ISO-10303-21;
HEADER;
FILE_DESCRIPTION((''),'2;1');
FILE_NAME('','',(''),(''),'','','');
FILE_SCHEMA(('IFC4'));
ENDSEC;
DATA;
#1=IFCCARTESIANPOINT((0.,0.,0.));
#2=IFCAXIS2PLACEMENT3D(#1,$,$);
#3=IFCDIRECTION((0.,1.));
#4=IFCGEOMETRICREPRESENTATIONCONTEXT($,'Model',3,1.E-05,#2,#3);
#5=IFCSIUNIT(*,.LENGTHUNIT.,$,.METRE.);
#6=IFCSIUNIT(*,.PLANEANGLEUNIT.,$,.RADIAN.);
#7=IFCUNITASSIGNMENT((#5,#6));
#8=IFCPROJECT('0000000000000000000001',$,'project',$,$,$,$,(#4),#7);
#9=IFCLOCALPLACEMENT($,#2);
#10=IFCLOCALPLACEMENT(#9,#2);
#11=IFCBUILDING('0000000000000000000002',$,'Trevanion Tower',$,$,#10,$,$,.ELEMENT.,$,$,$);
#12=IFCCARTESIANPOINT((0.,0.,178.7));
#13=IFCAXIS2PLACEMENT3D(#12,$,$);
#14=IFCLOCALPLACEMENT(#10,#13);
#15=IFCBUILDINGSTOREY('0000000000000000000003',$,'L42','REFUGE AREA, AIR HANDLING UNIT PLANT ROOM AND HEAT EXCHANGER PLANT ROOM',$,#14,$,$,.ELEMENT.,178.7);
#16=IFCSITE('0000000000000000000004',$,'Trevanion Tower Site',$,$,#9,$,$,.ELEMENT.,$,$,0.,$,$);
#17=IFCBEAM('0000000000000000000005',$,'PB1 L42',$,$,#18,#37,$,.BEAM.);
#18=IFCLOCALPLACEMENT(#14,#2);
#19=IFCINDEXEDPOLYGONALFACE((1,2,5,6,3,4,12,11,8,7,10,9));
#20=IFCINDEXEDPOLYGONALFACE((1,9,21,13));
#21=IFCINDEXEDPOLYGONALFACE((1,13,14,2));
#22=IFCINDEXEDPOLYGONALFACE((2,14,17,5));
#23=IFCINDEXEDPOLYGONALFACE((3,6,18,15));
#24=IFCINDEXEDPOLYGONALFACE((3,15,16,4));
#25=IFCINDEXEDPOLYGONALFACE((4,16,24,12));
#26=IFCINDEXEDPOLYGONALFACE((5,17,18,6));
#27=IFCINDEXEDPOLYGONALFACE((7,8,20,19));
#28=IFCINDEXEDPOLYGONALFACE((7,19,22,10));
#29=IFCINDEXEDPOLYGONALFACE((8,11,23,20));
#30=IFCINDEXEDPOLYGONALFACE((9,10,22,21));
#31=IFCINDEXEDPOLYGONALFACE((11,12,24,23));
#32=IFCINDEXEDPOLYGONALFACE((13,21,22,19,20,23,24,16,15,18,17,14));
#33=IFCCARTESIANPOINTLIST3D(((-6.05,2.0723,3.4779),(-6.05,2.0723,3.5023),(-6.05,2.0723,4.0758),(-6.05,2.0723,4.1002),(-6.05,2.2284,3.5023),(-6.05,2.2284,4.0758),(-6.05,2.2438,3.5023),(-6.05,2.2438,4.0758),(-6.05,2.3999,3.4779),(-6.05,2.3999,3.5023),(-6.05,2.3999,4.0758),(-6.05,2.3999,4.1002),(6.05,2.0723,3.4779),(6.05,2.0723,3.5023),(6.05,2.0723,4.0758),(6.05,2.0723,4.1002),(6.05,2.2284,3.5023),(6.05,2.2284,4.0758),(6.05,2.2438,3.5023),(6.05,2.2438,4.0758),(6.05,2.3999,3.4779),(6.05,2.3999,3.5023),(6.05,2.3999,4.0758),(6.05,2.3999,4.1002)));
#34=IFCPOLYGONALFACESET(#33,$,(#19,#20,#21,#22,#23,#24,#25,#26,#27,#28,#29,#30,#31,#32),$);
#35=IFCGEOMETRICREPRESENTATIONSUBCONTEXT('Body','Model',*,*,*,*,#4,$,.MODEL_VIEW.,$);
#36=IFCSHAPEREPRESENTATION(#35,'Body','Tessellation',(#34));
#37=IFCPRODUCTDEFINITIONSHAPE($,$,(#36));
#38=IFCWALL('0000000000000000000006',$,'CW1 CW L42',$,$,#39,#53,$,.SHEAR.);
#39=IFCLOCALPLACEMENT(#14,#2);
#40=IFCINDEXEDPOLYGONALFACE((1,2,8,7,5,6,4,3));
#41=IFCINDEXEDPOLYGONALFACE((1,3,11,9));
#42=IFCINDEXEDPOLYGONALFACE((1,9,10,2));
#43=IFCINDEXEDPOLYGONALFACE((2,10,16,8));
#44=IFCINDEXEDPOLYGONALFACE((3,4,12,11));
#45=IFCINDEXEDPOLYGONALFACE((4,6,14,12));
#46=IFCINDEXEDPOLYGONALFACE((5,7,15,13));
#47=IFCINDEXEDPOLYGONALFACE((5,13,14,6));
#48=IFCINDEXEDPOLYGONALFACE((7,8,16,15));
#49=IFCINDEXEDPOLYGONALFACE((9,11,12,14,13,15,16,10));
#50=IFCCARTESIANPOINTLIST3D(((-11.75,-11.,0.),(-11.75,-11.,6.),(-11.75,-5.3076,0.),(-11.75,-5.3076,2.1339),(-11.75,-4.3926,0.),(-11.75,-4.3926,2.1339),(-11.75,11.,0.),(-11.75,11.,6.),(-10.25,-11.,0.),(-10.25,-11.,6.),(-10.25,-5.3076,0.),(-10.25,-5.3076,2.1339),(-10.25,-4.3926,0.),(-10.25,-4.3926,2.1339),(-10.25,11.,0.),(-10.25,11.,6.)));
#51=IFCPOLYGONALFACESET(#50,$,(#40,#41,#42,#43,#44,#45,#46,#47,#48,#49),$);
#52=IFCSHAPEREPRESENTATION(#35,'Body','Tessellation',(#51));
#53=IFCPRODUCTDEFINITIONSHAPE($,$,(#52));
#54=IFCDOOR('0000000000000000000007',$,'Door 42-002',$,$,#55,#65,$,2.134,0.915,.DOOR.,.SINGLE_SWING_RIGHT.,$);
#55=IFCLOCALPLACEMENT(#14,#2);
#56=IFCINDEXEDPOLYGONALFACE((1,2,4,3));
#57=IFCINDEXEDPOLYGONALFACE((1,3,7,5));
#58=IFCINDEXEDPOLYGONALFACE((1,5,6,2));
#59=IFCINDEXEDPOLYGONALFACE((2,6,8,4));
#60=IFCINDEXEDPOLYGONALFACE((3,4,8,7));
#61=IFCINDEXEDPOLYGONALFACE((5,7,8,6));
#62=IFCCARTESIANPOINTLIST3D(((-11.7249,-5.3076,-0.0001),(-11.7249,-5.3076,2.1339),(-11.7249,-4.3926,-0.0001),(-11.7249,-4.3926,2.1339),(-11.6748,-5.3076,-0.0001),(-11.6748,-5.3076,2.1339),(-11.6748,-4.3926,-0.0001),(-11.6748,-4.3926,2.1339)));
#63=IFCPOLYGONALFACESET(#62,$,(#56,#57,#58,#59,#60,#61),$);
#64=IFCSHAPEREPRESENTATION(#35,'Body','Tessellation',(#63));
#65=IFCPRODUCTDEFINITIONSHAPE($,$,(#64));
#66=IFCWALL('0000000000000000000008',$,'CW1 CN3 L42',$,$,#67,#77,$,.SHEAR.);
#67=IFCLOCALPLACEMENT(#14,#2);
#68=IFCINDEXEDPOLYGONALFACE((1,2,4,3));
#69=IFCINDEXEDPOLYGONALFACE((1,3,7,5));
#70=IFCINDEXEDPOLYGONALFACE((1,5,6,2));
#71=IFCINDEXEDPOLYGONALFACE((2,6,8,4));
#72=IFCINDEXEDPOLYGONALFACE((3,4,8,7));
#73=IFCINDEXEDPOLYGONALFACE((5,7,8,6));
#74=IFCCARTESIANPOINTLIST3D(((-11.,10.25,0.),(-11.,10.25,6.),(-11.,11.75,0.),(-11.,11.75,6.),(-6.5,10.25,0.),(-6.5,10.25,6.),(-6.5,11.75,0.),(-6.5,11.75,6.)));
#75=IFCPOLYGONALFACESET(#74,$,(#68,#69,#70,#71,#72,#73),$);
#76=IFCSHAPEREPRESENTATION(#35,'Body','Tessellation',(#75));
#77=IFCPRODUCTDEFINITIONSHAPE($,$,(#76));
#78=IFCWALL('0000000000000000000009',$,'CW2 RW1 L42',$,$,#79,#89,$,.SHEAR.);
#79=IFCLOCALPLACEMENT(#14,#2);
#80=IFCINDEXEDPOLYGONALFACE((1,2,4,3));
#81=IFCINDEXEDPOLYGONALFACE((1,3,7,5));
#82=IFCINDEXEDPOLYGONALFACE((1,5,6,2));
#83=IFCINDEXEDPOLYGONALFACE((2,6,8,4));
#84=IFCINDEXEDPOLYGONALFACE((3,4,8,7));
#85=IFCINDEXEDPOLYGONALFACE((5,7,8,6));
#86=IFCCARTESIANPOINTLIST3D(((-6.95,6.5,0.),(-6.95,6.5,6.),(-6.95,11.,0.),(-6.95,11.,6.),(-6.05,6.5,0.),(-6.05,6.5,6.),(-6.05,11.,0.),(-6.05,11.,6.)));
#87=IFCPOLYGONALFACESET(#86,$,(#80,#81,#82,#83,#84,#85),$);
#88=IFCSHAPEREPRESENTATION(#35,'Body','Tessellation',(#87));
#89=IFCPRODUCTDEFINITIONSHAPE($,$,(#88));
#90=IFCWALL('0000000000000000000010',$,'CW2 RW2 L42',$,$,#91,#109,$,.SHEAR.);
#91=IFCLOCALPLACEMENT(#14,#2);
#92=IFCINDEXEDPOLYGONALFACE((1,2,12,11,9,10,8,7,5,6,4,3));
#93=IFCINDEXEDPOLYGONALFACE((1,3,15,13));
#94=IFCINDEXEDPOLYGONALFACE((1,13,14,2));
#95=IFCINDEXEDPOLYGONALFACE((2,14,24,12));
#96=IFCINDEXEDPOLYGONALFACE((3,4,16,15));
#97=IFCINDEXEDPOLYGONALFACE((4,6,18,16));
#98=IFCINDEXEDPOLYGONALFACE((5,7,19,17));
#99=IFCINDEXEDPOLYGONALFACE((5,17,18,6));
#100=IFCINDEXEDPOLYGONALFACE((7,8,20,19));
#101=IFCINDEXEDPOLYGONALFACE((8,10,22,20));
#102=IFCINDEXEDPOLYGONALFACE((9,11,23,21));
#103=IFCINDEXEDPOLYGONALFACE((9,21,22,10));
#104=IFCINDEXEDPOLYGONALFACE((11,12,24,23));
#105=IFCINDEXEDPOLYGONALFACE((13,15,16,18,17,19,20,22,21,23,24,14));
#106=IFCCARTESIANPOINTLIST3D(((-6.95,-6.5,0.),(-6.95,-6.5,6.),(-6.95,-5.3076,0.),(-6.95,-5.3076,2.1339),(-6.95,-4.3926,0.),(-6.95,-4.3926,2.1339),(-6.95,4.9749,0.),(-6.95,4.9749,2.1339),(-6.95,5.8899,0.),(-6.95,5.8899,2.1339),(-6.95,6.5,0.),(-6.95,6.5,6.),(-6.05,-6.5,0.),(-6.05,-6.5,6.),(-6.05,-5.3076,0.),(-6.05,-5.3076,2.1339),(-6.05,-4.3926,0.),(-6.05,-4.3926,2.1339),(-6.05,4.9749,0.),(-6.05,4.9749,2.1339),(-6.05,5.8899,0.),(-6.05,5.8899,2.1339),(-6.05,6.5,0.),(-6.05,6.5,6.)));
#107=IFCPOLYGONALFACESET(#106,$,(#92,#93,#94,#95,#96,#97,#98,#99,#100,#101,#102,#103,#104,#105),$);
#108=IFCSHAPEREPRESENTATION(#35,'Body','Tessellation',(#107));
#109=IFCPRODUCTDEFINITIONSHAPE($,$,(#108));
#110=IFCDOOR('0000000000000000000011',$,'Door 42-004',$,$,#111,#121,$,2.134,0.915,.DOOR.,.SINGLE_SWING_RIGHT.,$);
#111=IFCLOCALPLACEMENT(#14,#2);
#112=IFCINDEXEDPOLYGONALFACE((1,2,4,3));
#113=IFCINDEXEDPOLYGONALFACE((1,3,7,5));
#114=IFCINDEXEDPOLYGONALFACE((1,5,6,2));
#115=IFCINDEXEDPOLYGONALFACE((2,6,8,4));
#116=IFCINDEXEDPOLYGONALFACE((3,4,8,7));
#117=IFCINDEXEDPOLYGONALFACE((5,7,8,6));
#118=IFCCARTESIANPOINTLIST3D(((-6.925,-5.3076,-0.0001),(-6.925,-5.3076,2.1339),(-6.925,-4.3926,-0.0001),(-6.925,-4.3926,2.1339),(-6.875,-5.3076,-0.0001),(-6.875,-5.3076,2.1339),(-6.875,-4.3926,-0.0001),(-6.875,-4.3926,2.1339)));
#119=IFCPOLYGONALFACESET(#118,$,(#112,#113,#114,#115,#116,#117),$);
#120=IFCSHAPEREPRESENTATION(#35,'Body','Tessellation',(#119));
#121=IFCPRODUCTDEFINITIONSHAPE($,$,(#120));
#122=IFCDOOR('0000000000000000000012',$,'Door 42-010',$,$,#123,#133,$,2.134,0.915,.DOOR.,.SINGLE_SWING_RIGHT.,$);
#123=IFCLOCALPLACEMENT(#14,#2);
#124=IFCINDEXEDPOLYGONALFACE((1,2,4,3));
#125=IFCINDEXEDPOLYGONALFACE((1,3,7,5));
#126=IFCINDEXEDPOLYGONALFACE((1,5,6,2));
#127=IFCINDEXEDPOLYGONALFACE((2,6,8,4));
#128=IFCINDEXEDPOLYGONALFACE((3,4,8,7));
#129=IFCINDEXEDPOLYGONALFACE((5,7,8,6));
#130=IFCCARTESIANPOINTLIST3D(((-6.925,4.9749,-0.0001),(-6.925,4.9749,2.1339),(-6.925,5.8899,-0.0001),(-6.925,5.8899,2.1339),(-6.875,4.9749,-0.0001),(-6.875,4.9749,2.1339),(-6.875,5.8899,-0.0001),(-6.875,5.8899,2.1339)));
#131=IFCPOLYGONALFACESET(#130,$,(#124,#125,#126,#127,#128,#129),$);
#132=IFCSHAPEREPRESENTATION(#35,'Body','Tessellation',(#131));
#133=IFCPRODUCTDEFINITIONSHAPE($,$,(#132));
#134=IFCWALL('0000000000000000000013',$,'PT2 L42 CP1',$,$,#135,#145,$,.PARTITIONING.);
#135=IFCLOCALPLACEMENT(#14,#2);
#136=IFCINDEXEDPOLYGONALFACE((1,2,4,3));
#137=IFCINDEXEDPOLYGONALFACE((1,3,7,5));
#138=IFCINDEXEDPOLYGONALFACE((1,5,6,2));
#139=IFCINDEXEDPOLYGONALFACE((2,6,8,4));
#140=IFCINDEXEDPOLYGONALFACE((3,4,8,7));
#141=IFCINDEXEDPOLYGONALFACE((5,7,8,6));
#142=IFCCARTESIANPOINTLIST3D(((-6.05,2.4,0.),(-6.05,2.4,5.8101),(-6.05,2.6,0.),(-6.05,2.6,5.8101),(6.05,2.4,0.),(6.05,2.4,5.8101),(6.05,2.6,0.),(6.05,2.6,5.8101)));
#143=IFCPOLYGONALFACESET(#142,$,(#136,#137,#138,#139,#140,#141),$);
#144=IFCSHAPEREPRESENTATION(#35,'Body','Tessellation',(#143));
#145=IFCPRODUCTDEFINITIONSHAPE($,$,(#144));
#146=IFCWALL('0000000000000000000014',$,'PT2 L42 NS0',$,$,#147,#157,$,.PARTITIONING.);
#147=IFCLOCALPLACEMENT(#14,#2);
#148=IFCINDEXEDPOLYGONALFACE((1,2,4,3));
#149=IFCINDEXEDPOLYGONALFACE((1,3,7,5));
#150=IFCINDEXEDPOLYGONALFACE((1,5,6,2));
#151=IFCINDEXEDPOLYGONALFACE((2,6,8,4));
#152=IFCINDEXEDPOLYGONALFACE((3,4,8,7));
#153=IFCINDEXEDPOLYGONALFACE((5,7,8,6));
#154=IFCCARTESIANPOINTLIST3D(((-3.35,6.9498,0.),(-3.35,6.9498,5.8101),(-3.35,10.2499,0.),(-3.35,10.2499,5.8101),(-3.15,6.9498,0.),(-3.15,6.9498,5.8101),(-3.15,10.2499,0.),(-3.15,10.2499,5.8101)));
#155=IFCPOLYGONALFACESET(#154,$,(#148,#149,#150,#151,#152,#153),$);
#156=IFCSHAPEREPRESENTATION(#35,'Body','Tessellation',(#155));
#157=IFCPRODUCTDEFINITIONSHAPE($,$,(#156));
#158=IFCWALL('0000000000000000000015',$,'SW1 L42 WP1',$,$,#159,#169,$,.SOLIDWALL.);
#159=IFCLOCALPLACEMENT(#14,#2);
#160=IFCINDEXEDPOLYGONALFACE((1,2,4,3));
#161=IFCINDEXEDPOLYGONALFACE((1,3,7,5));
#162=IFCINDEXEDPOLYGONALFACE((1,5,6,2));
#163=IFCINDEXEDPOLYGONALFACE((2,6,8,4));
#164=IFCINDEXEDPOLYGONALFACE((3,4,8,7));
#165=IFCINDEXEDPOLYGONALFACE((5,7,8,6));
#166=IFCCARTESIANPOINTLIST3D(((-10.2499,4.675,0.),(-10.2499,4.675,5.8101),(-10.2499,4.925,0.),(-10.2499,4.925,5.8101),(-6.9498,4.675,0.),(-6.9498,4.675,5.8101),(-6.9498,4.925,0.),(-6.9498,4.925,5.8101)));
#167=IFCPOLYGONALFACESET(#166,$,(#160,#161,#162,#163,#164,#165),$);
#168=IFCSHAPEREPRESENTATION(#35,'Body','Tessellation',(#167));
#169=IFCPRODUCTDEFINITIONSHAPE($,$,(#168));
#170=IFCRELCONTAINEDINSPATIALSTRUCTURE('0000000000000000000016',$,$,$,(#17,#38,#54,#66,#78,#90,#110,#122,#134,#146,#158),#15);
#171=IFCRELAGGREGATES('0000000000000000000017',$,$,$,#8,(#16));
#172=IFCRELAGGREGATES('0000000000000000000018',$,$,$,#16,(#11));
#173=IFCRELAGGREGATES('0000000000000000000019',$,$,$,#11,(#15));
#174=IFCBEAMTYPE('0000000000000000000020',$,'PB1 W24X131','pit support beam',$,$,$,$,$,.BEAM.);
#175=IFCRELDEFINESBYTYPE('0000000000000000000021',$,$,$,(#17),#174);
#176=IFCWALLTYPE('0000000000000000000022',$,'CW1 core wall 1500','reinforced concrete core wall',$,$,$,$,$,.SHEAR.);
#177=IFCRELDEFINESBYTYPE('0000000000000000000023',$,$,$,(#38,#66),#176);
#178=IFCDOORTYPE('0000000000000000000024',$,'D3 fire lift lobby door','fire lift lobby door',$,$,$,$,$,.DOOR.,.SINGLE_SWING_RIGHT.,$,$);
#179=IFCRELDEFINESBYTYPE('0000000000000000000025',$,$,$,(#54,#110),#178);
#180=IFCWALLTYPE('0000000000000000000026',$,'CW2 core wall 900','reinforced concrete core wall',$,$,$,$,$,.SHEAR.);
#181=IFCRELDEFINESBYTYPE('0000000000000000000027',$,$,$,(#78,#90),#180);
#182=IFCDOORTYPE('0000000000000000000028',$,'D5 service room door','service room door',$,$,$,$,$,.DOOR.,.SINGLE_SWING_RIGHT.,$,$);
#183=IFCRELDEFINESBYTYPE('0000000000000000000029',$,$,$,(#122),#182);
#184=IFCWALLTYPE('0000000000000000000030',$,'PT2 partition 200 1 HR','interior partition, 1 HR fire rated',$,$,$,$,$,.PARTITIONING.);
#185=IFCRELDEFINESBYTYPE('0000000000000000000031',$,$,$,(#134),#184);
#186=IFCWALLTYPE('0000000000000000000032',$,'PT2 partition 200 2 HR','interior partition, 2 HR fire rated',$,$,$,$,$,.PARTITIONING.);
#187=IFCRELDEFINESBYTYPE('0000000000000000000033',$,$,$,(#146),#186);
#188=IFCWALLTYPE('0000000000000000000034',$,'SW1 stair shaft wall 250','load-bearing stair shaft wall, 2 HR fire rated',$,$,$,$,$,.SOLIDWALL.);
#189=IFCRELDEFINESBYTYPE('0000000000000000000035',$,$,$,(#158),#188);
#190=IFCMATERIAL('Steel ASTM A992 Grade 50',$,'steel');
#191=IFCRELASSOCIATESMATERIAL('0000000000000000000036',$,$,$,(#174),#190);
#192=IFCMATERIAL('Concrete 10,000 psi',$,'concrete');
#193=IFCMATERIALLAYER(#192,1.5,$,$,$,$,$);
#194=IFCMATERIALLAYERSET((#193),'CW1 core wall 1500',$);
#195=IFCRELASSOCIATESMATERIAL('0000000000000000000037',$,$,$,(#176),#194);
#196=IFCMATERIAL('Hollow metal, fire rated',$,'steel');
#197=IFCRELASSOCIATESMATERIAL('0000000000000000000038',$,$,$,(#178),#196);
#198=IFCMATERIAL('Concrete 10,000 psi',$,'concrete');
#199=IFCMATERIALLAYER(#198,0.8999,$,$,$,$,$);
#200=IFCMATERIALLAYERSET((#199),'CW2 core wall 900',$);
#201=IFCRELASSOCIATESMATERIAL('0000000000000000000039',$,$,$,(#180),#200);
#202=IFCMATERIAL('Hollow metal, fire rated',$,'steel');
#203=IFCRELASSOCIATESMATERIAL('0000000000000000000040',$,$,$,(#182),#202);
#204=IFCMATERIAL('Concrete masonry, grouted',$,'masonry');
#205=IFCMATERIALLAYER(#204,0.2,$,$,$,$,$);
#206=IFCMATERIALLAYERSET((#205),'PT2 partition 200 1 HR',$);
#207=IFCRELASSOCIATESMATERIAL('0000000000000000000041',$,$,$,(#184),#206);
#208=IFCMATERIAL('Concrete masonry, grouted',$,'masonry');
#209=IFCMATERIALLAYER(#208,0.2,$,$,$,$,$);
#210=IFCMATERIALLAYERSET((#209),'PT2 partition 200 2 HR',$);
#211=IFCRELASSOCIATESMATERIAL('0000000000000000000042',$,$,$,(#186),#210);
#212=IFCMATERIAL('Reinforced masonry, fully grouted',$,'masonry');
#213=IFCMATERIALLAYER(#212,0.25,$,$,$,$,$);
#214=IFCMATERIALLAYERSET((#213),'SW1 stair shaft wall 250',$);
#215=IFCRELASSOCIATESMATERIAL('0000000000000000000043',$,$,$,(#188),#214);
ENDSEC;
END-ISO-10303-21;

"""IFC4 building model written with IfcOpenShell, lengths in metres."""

from ifc_helpers import new_model, si_unit, direction, frame, frame_2d, origin, origin_2d, place, context, subcontext, project, spatial, rectangle, i_section, extrude, material, layer, layer_set, material_profile, profile_set, type_object, element, fill, save


model = new_model("IFC4")

# Units and contexts
model_context = context("Model", 3, precision=1e-05, world=origin(), true_north=direction((0.0, 1.0)))
body_context = subcontext(model_context, "Body", "Model", "MODEL_VIEW")
ifc_project = project(units=[si_unit("LENGTHUNIT", "METRE"), si_unit("PLANEANGLEUNIT", "RADIAN")], contexts=[model_context])

# Site, building, storey
site_placement = place(None, origin())
site = spatial("IfcSite", under=ifc_project, at=site_placement, Name="Trevanion Tower Site", CompositionType="ELEMENT", RefElevation=0.0)
building_placement = place(site_placement, origin())
building = spatial("IfcBuilding", under=site, at=building_placement, Name="Trevanion Tower", CompositionType="ELEMENT")
storey_placement = place(building_placement, frame((0.0, 0.0, 178.7)))
storey = spatial("IfcBuildingStorey", under=building, at=storey_placement, Name="L42", Description="REFUGE AREA, AIR HANDLING UNIT PLANT ROOM AND HEAT EXCHANGER PLANT ROOM", CompositionType="ELEMENT", Elevation=178.7)

# Beam
ifc_material_1 = material(Name="Steel ASTM A992 Grade 50", Category="steel")
ifc_material_profile_1 = material_profile(ifc_material_1, i_section(OverallWidth=0.3276, OverallDepth=0.6223, WebThickness=0.0154, FlangeThickness=0.0244, at=origin_2d()), Name="W24X131")
ifc_profile_set_1 = profile_set([ifc_material_profile_1], Name="Steel ASTM A992 Grade 50")
beam_type_1 = type_object("IfcBeamType", Name="PB1 W24X131", Description="pit support beam", PredefinedType="BEAM", material=ifc_profile_set_1)
beam_1_placement = place(storey_placement, frame((-6.05, 2.2361, 3.7891), z_axis=(1.0, 0.0, 0.0), x_axis=(0.0, 1.0, 0.0)))
element("IfcBeam", 1, at=beam_1_placement, inside=storey, type_object=beam_type_1, Name="PB1 L42", PredefinedType="BEAM", context=body_context, shape_type="SweptSolid", body=[
    extrude(i_section(OverallWidth=0.3276, OverallDepth=0.6223, WebThickness=0.0154, FlangeThickness=0.0244, at=origin_2d()), origin(), (0.0, 0.0, 1.0), 12.1001),
])

# Wall, opening, door
ifc_material_2 = material(Name="Concrete 10,000 psi", Category="concrete")
ifc_layer_1 = layer(ifc_material_2, 1.5)
ifc_layer_set_1 = layer_set([ifc_layer_1], Name="CW1 core wall 1500")
wall_type_1 = type_object("IfcWallType", Name="CW1 core wall 1500", Description="reinforced concrete core wall", PredefinedType="SHEAR", material=ifc_layer_set_1)
wall_1_placement = place(storey_placement, frame((-11.0, 11.0, 0.0), z_axis=(0.0, 0.0, 1.0), x_axis=(0.0, -1.0, 0.0)))
wall_1 = element("IfcWall", 2, at=wall_1_placement, inside=storey, type_object=wall_type_1, Name="CW1 CW L42", PredefinedType="SHEAR", context=body_context, shape_type="SweptSolid", body=[
    extrude(rectangle(XDim=22.0, YDim=1.5, at=frame_2d((11.0, 0.0))), origin(), (0.0, 0.0, 1.0), 6.0),
])
opening_1_placement = place(wall_1_placement, frame((15.3926, 0.0, 0.0)))
opening_1 = element("IfcOpeningElement", 3, at=opening_1_placement, cuts=wall_1, PredefinedType="OPENING", context=body_context, shape_type="SweptSolid", body=[
    extrude(rectangle(XDim=0.915, YDim=2.134, at=frame_2d((0.4575, 1.0669))), frame((0.0, 0.76, 0.0), z_axis=(0.0, -1.0, 0.0), x_axis=(1.0, 0.0, 0.0)), (0.0, 0.0, 1.0), 1.52),
])
ifc_material_3 = material(Name="Hollow metal, fire rated", Category="steel")
door_type_1 = type_object("IfcDoorType", Name="D3 fire lift lobby door", Description="fire lift lobby door", OperationType="SINGLE_SWING_RIGHT", PredefinedType="DOOR", material=ifc_material_3)
door_1_placement = place(opening_1_placement, origin())
door_1 = element("IfcDoor", 4, at=door_1_placement, inside=storey, type_object=door_type_1, Name="Door 42-002", OperationType="SINGLE_SWING_RIGHT", OverallHeight=2.134, OverallWidth=0.915, PredefinedType="DOOR", context=body_context, shape_type="SweptSolid", body=[
    extrude(rectangle(XDim=0.915, YDim=2.134, at=frame_2d((0.4575, 1.0669))), frame((0.0, -0.6748, 0.0), z_axis=(0.0, -1.0, 0.0), x_axis=(1.0, 0.0, 0.0)), (0.0, 0.0, 1.0), 0.05),
])
fill(opening_1, door_1)

# Walls
wall_2_placement = place(storey_placement, frame((-6.5, 11.0, 0.0), z_axis=(0.0, 0.0, 1.0), x_axis=(-1.0, 0.0, 0.0)))
element("IfcWall", 5, at=wall_2_placement, inside=storey, type_object=wall_type_1, Name="CW1 CN3 L42", PredefinedType="SHEAR", context=body_context, shape_type="SweptSolid", body=[
    extrude(rectangle(XDim=4.5, YDim=1.5, at=frame_2d((2.25, 0.0))), origin(), (0.0, 0.0, 1.0), 6.0),
])
ifc_material_4 = material(Name="Concrete 10,000 psi", Category="concrete")
ifc_layer_2 = layer(ifc_material_4, 0.8999)
ifc_layer_set_2 = layer_set([ifc_layer_2], Name="CW2 core wall 900")
wall_type_2 = type_object("IfcWallType", Name="CW2 core wall 900", Description="reinforced concrete core wall", PredefinedType="SHEAR", material=ifc_layer_set_2)
wall_3_placement = place(storey_placement, frame((-6.5, 11.0, 0.0), z_axis=(0.0, 0.0, 1.0), x_axis=(0.0, -1.0, 0.0)))
element("IfcWall", 6, at=wall_3_placement, inside=storey, type_object=wall_type_2, Name="CW2 RW1 L42", PredefinedType="SHEAR", context=body_context, shape_type="SweptSolid", body=[
    extrude(rectangle(XDim=4.5, YDim=0.8999, at=frame_2d((2.25, 0.0))), origin(), (0.0, 0.0, 1.0), 6.0),
])

# Wall, openings, doors
wall_4_placement = place(storey_placement, frame((-6.5, 6.5, 0.0), z_axis=(0.0, 0.0, 1.0), x_axis=(0.0, -1.0, 0.0)))
wall_4 = element("IfcWall", 7, at=wall_4_placement, inside=storey, type_object=wall_type_2, Name="CW2 RW2 L42", PredefinedType="SHEAR", context=body_context, shape_type="SweptSolid", body=[
    extrude(rectangle(XDim=13.0, YDim=0.8999, at=frame_2d((6.5, 0.0))), origin(), (0.0, 0.0, 1.0), 6.0),
])
opening_2_placement = place(wall_4_placement, frame((10.8926, 0.0, 0.0)))
opening_2 = element("IfcOpeningElement", 8, at=opening_2_placement, cuts=wall_4, PredefinedType="OPENING", context=body_context, shape_type="SweptSolid", body=[
    extrude(rectangle(XDim=0.915, YDim=2.134, at=frame_2d((0.4575, 1.0669))), frame((0.0, 0.46, 0.0), z_axis=(0.0, -1.0, 0.0), x_axis=(1.0, 0.0, 0.0)), (0.0, 0.0, 1.0), 0.9199),
])
opening_3_placement = place(wall_4_placement, frame((0.6101, 0.0, 0.0)))
opening_3 = element("IfcOpeningElement", 9, at=opening_3_placement, cuts=wall_4, PredefinedType="OPENING", context=body_context, shape_type="SweptSolid", body=[
    extrude(rectangle(XDim=0.915, YDim=2.134, at=frame_2d((0.4575, 1.0669))), frame((0.0, 0.46, 0.0), z_axis=(0.0, -1.0, 0.0), x_axis=(1.0, 0.0, 0.0)), (0.0, 0.0, 1.0), 0.9199),
])
door_2_placement = place(opening_2_placement, origin())
door_2 = element("IfcDoor", 10, at=door_2_placement, inside=storey, type_object=door_type_1, Name="Door 42-004", OperationType="SINGLE_SWING_RIGHT", OverallHeight=2.134, OverallWidth=0.915, PredefinedType="DOOR", context=body_context, shape_type="SweptSolid", body=[
    extrude(rectangle(XDim=0.915, YDim=2.134, at=frame_2d((0.4575, 1.0669))), frame((0.0, -0.375, 0.0), z_axis=(0.0, -1.0, 0.0), x_axis=(1.0, 0.0, 0.0)), (0.0, 0.0, 1.0), 0.05),
])
fill(opening_2, door_2)
ifc_material_5 = material(Name="Hollow metal, fire rated", Category="steel")
door_type_2 = type_object("IfcDoorType", Name="D5 service room door", Description="service room door", OperationType="SINGLE_SWING_RIGHT", PredefinedType="DOOR", material=ifc_material_5)
door_3_placement = place(opening_3_placement, origin())
door_3 = element("IfcDoor", 11, at=door_3_placement, inside=storey, type_object=door_type_2, Name="Door 42-010", OperationType="SINGLE_SWING_RIGHT", OverallHeight=2.134, OverallWidth=0.915, PredefinedType="DOOR", context=body_context, shape_type="SweptSolid", body=[
    extrude(rectangle(XDim=0.915, YDim=2.134, at=frame_2d((0.4575, 1.0669))), frame((0.0, -0.375, 0.0), z_axis=(0.0, -1.0, 0.0), x_axis=(1.0, 0.0, 0.0)), (0.0, 0.0, 1.0), 0.05),
])
fill(opening_3, door_3)

# Walls
ifc_material_6 = material(Name="Concrete masonry, grouted", Category="masonry")
ifc_layer_3 = layer(ifc_material_6, 0.2)
ifc_layer_set_3 = layer_set([ifc_layer_3], Name="PT2 partition 200 1 HR")
wall_type_3 = type_object("IfcWallType", Name="PT2 partition 200 1 HR", Description="interior partition, 1 HR fire rated", PredefinedType="PARTITIONING", material=ifc_layer_set_3)
wall_5_placement = place(storey_placement, frame((-6.05, 2.5, 0.0), z_axis=(0.0, 0.0, 1.0), x_axis=(1.0, 0.0, 0.0)))
element("IfcWall", 12, at=wall_5_placement, inside=storey, type_object=wall_type_3, Name="PT2 L42 CP1", PredefinedType="PARTITIONING", context=body_context, shape_type="SweptSolid", body=[
    extrude(rectangle(XDim=12.1001, YDim=0.2, at=frame_2d((6.05, 0.0))), origin(), (0.0, 0.0, 1.0), 5.8101),
])
ifc_material_7 = material(Name="Concrete masonry, grouted", Category="masonry")
ifc_layer_4 = layer(ifc_material_7, 0.2)
ifc_layer_set_4 = layer_set([ifc_layer_4], Name="PT2 partition 200 2 HR")
wall_type_4 = type_object("IfcWallType", Name="PT2 partition 200 2 HR", Description="interior partition, 2 HR fire rated", PredefinedType="PARTITIONING", material=ifc_layer_set_4)
wall_6_placement = place(storey_placement, frame((-3.25, 6.95, 0.0), z_axis=(0.0, 0.0, 1.0), x_axis=(0.0, 1.0, 0.0)))
element("IfcWall", 13, at=wall_6_placement, inside=storey, type_object=wall_type_4, Name="PT2 L42 NS0", PredefinedType="PARTITIONING", context=body_context, shape_type="SweptSolid", body=[
    extrude(rectangle(XDim=3.3, YDim=0.2, at=frame_2d((1.6499, 0.0))), origin(), (0.0, 0.0, 1.0), 5.8101),
])
ifc_material_8 = material(Name="Reinforced masonry, fully grouted", Category="masonry")
ifc_layer_5 = layer(ifc_material_8, 0.25)
ifc_layer_set_5 = layer_set([ifc_layer_5], Name="SW1 stair shaft wall 250")
wall_type_5 = type_object("IfcWallType", Name="SW1 stair shaft wall 250", Description="load-bearing stair shaft wall, 2 HR fire rated", PredefinedType="SOLIDWALL", material=ifc_layer_set_5)
wall_7_placement = place(storey_placement, frame((-6.95, 4.8, 0.0), z_axis=(0.0, 0.0, 1.0), x_axis=(-1.0, 0.0, 0.0)))
element("IfcWall", 14, at=wall_7_placement, inside=storey, type_object=wall_type_5, Name="SW1 L42 WP1", PredefinedType="SOLIDWALL", context=body_context, shape_type="SweptSolid", body=[
    extrude(rectangle(XDim=3.3, YDim=0.25, at=frame_2d((1.6499, 0.0))), origin(), (0.0, 0.0, 1.0), 5.8101),
])

save(model, "model.ifc")
